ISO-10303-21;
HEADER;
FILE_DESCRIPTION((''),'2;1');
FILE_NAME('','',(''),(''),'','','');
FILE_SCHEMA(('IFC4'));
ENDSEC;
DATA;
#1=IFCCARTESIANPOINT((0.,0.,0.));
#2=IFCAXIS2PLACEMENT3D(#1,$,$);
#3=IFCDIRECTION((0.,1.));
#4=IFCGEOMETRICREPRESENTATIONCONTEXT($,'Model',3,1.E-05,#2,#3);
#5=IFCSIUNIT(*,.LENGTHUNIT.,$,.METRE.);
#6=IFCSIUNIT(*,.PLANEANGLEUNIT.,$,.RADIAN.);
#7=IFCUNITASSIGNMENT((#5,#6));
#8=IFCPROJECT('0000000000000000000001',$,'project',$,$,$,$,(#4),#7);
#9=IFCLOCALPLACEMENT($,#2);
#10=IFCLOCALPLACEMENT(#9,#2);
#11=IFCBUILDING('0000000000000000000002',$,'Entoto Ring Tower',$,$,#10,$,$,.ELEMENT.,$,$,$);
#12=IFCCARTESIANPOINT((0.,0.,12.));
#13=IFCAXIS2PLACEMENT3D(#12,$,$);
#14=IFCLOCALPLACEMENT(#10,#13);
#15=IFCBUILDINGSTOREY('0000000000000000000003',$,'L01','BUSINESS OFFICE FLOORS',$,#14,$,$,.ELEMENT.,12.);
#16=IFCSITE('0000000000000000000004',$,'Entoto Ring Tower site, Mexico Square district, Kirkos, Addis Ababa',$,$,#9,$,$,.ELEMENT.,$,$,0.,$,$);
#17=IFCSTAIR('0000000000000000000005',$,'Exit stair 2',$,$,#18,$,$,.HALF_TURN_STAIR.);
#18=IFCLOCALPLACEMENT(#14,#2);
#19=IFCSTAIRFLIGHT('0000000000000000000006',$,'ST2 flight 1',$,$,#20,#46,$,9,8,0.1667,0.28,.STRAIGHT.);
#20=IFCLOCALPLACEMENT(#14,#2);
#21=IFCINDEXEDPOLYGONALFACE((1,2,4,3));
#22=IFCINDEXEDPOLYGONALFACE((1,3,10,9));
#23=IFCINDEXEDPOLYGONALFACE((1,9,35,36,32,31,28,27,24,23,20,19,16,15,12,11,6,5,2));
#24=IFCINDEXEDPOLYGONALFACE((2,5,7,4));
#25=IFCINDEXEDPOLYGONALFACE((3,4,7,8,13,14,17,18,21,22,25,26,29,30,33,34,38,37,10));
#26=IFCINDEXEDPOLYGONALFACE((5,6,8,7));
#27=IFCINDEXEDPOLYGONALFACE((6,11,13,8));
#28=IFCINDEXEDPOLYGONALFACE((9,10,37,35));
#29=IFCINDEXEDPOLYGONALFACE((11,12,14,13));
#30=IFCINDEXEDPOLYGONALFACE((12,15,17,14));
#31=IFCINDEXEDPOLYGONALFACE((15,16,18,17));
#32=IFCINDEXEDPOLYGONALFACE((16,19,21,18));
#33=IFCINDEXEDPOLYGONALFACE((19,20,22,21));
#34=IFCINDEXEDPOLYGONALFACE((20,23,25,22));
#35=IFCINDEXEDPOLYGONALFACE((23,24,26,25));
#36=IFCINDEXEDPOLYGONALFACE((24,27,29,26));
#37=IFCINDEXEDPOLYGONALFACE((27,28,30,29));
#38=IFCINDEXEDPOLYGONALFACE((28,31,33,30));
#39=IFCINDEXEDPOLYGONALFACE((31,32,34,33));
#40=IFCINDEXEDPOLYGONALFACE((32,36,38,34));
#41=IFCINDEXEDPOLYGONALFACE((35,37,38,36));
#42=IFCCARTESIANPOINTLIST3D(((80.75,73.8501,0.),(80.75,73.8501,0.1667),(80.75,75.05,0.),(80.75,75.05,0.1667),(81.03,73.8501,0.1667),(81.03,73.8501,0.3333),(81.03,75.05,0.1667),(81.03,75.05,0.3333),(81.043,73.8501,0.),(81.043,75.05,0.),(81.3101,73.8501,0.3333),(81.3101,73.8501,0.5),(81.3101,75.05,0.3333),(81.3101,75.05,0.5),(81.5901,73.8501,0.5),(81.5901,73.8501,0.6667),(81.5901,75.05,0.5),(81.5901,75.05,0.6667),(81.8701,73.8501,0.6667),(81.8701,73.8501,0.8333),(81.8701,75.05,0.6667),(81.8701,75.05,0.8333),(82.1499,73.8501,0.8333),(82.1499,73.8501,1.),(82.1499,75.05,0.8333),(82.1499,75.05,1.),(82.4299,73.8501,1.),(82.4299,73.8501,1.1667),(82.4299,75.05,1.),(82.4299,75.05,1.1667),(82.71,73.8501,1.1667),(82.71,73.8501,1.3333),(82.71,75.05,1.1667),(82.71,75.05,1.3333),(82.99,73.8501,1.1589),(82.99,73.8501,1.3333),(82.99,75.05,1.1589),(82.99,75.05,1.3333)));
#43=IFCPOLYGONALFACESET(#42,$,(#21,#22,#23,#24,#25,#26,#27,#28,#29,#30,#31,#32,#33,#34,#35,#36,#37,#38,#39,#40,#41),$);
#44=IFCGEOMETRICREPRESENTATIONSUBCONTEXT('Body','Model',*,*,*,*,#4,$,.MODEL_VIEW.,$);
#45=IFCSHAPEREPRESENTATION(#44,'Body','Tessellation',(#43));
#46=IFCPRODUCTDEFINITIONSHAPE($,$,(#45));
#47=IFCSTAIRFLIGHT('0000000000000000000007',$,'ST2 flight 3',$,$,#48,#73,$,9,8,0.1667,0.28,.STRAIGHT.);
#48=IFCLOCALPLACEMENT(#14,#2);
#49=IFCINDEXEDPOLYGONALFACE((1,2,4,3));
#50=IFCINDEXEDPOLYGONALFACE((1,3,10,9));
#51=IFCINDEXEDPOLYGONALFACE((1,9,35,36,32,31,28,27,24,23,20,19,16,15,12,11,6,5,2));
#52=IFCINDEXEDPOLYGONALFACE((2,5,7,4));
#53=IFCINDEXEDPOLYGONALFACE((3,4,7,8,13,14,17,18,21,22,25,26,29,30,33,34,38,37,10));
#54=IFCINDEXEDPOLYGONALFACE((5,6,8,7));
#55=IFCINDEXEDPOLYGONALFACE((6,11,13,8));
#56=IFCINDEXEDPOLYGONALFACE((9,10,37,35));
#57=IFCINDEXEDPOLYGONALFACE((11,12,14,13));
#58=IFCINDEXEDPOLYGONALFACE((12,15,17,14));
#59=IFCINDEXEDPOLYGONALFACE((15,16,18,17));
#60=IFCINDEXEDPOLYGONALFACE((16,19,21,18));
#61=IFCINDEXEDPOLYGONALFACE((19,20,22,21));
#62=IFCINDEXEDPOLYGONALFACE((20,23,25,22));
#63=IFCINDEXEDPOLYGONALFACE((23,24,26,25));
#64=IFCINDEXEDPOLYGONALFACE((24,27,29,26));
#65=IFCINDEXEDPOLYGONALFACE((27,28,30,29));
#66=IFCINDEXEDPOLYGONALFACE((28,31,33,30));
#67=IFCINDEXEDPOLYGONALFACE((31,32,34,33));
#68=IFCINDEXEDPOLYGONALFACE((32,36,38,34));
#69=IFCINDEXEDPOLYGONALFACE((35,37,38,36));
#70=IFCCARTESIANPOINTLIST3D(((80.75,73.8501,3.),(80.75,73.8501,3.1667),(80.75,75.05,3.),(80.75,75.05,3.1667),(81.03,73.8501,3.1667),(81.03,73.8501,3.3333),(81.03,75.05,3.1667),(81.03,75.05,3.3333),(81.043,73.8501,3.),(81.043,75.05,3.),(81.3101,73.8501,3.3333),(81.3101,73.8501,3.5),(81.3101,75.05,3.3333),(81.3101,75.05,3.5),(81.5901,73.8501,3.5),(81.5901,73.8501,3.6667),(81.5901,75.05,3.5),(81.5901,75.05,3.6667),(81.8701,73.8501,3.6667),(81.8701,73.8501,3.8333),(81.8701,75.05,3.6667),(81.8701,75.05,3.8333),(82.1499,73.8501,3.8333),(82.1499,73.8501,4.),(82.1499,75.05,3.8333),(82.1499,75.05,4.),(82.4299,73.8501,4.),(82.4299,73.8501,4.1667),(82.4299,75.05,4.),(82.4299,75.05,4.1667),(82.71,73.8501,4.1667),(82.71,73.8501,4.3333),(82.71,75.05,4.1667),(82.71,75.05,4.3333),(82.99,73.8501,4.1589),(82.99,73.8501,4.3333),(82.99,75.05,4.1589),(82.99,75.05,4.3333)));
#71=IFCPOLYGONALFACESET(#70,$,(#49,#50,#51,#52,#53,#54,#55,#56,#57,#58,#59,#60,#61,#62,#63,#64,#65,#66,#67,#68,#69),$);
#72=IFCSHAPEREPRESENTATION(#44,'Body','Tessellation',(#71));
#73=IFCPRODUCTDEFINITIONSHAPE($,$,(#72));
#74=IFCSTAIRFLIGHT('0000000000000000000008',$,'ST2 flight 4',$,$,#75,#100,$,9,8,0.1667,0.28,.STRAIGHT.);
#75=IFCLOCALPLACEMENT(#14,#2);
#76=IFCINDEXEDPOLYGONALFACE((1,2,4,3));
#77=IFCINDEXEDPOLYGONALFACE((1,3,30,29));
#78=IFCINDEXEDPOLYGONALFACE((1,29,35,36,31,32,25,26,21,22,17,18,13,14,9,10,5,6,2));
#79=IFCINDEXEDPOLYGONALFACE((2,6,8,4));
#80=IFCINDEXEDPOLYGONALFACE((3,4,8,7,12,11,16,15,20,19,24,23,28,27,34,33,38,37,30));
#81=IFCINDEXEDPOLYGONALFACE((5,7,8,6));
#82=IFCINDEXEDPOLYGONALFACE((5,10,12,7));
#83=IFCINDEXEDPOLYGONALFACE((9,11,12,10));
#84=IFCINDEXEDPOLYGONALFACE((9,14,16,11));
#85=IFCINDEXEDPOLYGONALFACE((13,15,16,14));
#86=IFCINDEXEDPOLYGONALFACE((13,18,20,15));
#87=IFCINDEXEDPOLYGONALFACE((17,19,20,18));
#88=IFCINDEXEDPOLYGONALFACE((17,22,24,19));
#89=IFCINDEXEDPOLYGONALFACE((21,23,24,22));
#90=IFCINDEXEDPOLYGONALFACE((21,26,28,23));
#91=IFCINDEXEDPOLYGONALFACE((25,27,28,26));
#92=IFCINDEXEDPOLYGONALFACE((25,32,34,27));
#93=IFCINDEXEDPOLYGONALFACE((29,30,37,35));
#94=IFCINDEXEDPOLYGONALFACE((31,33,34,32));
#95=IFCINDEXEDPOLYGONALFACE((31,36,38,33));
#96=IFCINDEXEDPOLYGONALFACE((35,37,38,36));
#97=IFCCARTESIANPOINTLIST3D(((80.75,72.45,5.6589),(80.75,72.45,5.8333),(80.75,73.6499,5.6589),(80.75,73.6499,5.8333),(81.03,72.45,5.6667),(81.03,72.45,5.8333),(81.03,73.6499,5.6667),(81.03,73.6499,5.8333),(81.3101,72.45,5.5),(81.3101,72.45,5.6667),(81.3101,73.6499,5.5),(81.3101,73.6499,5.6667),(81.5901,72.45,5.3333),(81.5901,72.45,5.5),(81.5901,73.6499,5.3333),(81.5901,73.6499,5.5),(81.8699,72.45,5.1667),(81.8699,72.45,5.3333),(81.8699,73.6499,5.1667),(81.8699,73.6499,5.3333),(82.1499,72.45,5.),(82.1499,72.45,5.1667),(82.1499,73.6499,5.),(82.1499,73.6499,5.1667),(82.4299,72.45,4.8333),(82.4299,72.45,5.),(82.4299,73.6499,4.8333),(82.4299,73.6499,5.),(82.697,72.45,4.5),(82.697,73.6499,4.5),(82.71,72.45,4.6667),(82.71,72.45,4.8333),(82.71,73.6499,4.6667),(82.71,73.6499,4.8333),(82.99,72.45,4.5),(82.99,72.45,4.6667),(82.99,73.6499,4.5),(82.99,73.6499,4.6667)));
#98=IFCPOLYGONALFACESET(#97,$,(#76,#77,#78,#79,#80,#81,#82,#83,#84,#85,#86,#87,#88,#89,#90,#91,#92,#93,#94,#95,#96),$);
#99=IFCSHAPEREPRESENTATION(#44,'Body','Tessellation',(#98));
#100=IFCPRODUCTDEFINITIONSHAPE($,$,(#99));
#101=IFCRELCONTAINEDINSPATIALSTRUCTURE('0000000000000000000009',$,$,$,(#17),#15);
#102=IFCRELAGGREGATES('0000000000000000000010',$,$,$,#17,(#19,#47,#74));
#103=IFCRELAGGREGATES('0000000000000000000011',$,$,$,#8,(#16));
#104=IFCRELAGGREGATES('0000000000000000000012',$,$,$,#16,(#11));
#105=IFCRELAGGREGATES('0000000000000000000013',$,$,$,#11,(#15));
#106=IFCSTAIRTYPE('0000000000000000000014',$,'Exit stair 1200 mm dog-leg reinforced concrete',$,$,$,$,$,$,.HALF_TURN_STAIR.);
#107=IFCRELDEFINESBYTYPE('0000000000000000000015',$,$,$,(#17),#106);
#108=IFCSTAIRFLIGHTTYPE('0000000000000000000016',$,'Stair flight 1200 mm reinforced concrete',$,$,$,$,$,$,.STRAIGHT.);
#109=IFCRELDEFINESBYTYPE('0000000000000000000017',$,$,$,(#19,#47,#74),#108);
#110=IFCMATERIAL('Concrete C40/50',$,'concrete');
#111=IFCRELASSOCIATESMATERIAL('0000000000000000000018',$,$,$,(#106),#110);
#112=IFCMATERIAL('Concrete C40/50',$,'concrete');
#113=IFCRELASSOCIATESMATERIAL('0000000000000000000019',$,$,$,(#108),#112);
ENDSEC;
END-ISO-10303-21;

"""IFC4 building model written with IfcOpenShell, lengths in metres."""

from ifc_helpers import new_model, si_unit, direction, frame, origin, place, context, subcontext, project, spatial, polyline, outline, extrude, material, type_object, element, aggregate, save


model = new_model("IFC4")

# Units and contexts
model_context = context("Model", 3, precision=1e-05, world=origin(), true_north=direction((0.0, 1.0)))
body_context = subcontext(model_context, "Body", "Model", "MODEL_VIEW")
ifc_project = project(units=[si_unit("LENGTHUNIT", "METRE"), si_unit("PLANEANGLEUNIT", "RADIAN")], contexts=[model_context])

# Site, building, storey
site_placement = place(None, origin())
site = spatial("IfcSite", under=ifc_project, at=site_placement, Name="Entoto Ring Tower site, Mexico Square district, Kirkos, Addis Ababa", CompositionType="ELEMENT", RefElevation=0.0)
building_placement = place(site_placement, origin())
building = spatial("IfcBuilding", under=site, at=building_placement, Name="Entoto Ring Tower", CompositionType="ELEMENT")
storey_placement = place(building_placement, frame((0.0, 0.0, 12.0)))
storey = spatial("IfcBuildingStorey", under=building, at=storey_placement, Name="L01", Description="BUSINESS OFFICE FLOORS", CompositionType="ELEMENT", Elevation=12.0)

# Stair, stair flights
ifc_material_1 = material(Name="Concrete C40/50", Category="concrete")
stair_type = type_object("IfcStairType", Name="Exit stair 1200 mm dog-leg reinforced concrete", PredefinedType="HALF_TURN_STAIR", material=ifc_material_1)
stair_placement = place(storey_placement, origin())
stair = element("IfcStair", 1, at=stair_placement, inside=storey, type_object=stair_type, Name="Exit stair 2", PredefinedType="HALF_TURN_STAIR")
ifc_material_2 = material(Name="Concrete C40/50", Category="concrete")
stair_flight_type = type_object("IfcStairFlightType", Name="Stair flight 1200 mm reinforced concrete", PredefinedType="STRAIGHT", material=ifc_material_2)
stair_flight_1_placement = place(storey_placement, frame((80.75, 74.45, 0.0), z_axis=(0.0, 0.0, 1.0), x_axis=(1.0, 0.0, 0.0)))
stair_flight_1 = element("IfcStairFlight", 2, at=stair_flight_1_placement, type_object=stair_flight_type, Name="ST2 flight 1", NumberOfRisers=9, NumberOfTreads=8, PredefinedType="STRAIGHT", RiserHeight=0.1667, TreadLength=0.28, context=body_context, shape_type="SweptSolid", body=[
    extrude(outline(polyline([(0.0, 0.0), (0.0, 0.1667), (0.28, 0.1667), (0.28, 0.3333), (0.5601, 0.3333), (0.5601, 0.5), (0.8401, 0.5), (0.8401, 0.6667), (1.1201, 0.6667), (1.1201, 0.8333), (1.3999, 0.8333), (1.3999, 1.0), (1.6799, 1.0), (1.6799, 1.1667), (1.96, 1.1667), (1.96, 1.3333), (2.24, 1.3333), (2.24, 1.5), (2.24, 1.1589), (0.293, 0.0), (0.0, 0.0)])), frame((0.0, 0.6001, 0.0), z_axis=(0.0, -1.0, 0.0), x_axis=(1.0, 0.0, 0.0)), (0.0, 0.0, 1.0), 1.2),
])
stair_flight_2_placement = place(storey_placement, frame((80.75, 74.45, 3.0), z_axis=(0.0, 0.0, 1.0), x_axis=(1.0, 0.0, 0.0)))
stair_flight_2 = element("IfcStairFlight", 3, at=stair_flight_2_placement, type_object=stair_flight_type, Name="ST2 flight 3", NumberOfRisers=9, NumberOfTreads=8, PredefinedType="STRAIGHT", RiserHeight=0.1667, TreadLength=0.28, context=body_context, shape_type="SweptSolid", body=[
    extrude(outline(polyline([(0.0, 0.0), (0.0, 0.1667), (0.28, 0.1667), (0.28, 0.3333), (0.5601, 0.3333), (0.5601, 0.5), (0.8401, 0.5), (0.8401, 0.6667), (1.1201, 0.6667), (1.1201, 0.8333), (1.3999, 0.8333), (1.3999, 1.0), (1.6799, 1.0), (1.6799, 1.1667), (1.96, 1.1667), (1.96, 1.3333), (2.24, 1.3333), (2.24, 1.5), (2.24, 1.1589), (0.293, 0.0), (0.0, 0.0)])), frame((0.0, 0.6001, 0.0), z_axis=(0.0, -1.0, 0.0), x_axis=(1.0, 0.0, 0.0)), (0.0, 0.0, 1.0), 1.2),
])
stair_flight_3_placement = place(storey_placement, frame((82.99, 73.05, 4.5), z_axis=(0.0, 0.0, 1.0), x_axis=(-1.0, 0.0, 0.0)))
stair_flight_3 = element("IfcStairFlight", 4, at=stair_flight_3_placement, type_object=stair_flight_type, Name="ST2 flight 4", NumberOfRisers=9, NumberOfTreads=8, PredefinedType="STRAIGHT", RiserHeight=0.1667, TreadLength=0.28, context=body_context, shape_type="SweptSolid", body=[
    extrude(outline(polyline([(0.0, 0.0), (0.0, 0.1667), (0.28, 0.1667), (0.28, 0.3333), (0.5601, 0.3333), (0.5601, 0.5), (0.8401, 0.5), (0.8401, 0.6667), (1.1201, 0.6667), (1.1201, 0.8333), (1.3999, 0.8333), (1.3999, 1.0), (1.6799, 1.0), (1.6799, 1.1667), (1.96, 1.1667), (1.96, 1.3333), (2.24, 1.3333), (2.24, 1.5), (2.24, 1.1589), (0.293, 0.0), (0.0, 0.0)])), frame((0.0, 0.6001, 0.0), z_axis=(0.0, -1.0, 0.0), x_axis=(1.0, 0.0, 0.0)), (0.0, 0.0, 1.0), 1.2),
])
aggregate(stair, [stair_flight_1, stair_flight_2, stair_flight_3])

save(model, "model.ifc")
